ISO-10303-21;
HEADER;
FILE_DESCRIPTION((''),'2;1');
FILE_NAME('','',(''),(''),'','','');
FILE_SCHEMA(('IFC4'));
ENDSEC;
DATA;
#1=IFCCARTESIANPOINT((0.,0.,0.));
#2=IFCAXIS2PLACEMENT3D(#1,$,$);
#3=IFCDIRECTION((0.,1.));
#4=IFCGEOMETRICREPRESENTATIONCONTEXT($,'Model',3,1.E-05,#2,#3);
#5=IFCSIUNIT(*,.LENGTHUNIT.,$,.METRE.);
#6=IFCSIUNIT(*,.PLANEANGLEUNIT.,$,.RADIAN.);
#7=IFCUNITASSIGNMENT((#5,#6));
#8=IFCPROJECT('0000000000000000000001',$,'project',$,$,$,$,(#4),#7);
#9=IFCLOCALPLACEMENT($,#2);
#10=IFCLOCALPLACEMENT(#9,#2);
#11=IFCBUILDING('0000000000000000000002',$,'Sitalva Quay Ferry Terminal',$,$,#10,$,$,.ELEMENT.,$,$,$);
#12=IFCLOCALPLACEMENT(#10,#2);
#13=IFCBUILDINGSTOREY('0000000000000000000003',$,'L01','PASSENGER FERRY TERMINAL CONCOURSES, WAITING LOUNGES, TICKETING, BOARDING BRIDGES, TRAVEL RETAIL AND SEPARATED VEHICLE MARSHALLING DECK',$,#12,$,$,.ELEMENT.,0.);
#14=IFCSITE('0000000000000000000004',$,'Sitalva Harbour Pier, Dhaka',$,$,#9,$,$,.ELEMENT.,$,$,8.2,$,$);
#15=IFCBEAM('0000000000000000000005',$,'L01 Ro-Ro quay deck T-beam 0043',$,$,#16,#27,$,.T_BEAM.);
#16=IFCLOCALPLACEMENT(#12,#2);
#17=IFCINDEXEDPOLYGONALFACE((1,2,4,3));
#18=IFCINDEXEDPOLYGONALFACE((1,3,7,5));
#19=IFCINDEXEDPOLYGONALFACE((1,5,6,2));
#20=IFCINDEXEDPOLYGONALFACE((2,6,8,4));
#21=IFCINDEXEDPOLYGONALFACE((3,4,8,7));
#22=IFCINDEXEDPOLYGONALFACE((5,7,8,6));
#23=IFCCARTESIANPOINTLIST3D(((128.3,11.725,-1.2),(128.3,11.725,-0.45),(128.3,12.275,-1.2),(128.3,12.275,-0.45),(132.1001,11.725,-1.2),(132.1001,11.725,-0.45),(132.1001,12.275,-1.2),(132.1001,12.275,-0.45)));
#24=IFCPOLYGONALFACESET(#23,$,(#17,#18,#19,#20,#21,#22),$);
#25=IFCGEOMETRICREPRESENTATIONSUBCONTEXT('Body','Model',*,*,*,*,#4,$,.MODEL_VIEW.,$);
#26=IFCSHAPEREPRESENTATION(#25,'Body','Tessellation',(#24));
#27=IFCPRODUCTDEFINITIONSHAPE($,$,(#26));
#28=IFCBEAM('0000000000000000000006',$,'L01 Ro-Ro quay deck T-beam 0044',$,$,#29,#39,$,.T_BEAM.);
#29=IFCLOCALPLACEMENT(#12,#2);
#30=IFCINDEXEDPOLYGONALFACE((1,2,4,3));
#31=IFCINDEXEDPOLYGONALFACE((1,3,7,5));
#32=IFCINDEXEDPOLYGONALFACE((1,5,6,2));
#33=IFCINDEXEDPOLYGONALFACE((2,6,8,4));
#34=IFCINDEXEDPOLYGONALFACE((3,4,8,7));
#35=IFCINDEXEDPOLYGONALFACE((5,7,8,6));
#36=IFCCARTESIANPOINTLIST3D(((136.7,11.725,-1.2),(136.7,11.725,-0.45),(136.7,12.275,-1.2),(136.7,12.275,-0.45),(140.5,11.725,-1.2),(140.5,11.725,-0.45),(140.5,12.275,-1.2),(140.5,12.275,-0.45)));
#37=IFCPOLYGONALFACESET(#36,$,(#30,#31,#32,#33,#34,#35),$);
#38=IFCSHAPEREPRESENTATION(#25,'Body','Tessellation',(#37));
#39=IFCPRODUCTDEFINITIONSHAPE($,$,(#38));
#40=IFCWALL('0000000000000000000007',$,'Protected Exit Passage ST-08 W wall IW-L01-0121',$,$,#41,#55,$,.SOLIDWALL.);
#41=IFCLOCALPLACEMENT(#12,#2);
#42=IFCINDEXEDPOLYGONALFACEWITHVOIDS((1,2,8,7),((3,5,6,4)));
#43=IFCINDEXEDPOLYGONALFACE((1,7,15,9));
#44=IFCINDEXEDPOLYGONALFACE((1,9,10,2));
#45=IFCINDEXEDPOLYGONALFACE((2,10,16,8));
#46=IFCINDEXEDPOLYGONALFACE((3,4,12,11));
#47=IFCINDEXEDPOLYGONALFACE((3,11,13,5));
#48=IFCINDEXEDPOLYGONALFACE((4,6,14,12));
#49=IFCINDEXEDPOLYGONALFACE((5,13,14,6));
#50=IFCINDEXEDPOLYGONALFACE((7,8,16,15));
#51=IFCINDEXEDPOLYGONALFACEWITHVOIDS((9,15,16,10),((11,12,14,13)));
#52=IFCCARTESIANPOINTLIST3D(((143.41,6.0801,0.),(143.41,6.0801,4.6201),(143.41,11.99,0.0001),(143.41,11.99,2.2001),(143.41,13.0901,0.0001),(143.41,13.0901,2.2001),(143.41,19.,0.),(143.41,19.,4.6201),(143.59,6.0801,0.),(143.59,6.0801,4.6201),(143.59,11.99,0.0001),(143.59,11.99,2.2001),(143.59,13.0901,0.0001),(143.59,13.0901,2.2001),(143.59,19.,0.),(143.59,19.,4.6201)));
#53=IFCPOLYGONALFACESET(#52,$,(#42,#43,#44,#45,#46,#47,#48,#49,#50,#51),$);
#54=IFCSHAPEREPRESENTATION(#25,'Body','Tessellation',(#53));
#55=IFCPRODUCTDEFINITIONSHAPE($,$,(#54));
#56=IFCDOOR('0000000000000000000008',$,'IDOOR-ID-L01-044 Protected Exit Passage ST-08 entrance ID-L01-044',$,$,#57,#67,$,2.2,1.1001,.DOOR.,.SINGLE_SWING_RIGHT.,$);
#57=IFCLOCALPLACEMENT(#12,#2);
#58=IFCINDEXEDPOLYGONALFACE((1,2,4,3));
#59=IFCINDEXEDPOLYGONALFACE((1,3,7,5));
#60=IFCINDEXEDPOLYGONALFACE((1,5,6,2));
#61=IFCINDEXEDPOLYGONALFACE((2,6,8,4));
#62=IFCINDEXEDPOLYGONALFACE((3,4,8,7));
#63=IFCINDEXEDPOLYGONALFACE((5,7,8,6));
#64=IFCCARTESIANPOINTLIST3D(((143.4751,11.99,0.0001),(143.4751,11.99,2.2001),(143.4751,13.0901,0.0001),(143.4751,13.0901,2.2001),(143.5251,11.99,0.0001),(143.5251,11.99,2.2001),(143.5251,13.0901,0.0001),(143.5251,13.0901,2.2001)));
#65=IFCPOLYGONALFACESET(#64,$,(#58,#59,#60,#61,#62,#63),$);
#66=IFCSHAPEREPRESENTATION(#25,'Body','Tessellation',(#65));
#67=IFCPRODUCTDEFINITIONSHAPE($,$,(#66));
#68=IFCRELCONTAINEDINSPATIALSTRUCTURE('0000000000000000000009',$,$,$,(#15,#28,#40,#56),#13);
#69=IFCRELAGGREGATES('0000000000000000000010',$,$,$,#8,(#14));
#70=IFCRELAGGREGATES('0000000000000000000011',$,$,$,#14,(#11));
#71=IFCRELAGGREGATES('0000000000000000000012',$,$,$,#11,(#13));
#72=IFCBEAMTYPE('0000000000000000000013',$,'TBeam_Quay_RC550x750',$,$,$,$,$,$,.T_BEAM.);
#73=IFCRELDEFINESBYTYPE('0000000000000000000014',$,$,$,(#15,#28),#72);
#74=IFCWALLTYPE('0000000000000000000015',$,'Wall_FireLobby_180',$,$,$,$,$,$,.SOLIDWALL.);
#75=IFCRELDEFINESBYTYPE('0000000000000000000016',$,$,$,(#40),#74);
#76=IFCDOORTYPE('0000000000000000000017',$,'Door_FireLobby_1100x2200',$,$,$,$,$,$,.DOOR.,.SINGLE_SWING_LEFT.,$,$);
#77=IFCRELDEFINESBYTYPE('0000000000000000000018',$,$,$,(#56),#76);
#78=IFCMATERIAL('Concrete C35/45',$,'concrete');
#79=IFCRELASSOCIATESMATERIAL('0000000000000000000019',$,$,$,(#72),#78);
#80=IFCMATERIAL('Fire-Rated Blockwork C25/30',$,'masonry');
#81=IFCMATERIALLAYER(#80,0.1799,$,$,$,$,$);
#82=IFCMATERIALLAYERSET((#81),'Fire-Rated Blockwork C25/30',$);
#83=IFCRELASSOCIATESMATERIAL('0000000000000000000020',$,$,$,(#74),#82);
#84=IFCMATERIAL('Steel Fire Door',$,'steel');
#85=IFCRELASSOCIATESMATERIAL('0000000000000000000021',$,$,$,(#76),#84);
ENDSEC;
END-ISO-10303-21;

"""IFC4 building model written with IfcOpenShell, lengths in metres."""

from ifc_helpers import new_model, si_unit, direction, frame, frame_2d, origin, origin_2d, place, context, subcontext, project, spatial, rectangle, extrude, material, layer, layer_set, material_profile, profile_set, type_object, element, fill, save


model = new_model("IFC4")

# Units and contexts
model_context = context("Model", 3, precision=1e-05, world=origin(), true_north=direction((0.0, 1.0)))
body_context = subcontext(model_context, "Body", "Model", "MODEL_VIEW")
ifc_project = project(units=[si_unit("LENGTHUNIT", "METRE"), si_unit("PLANEANGLEUNIT", "RADIAN")], contexts=[model_context])

# Site, building, storey
site_placement = place(None, origin())
site = spatial("IfcSite", under=ifc_project, at=site_placement, Name="Sitalva Harbour Pier, Dhaka", CompositionType="ELEMENT", RefElevation=8.2)
building_placement = place(site_placement, origin())
building = spatial("IfcBuilding", under=site, at=building_placement, Name="Sitalva Quay Ferry Terminal", CompositionType="ELEMENT")
storey_placement = place(building_placement, origin())
storey = spatial("IfcBuildingStorey", under=building, at=storey_placement, Name="L01", Description="PASSENGER FERRY TERMINAL CONCOURSES, WAITING LOUNGES, TICKETING, BOARDING BRIDGES, TRAVEL RETAIL AND SEPARATED VEHICLE MARSHALLING DECK", CompositionType="ELEMENT", Elevation=0.0)

# Beams
ifc_material_1 = material(Name="Concrete C35/45", Category="concrete")
ifc_material_profile_1 = material_profile(ifc_material_1, rectangle(XDim=0.55, YDim=0.75, at=origin_2d()), Name="RC550x750")
ifc_profile_set_1 = profile_set([ifc_material_profile_1], Name="Concrete C35/45")
beam_type_1 = type_object("IfcBeamType", Name="TBeam_Quay_RC550x750", PredefinedType="T_BEAM", material=ifc_profile_set_1)
for number, where, z_axis, x_axis, name in (
    (1, (128.3, 12.0, -0.825), (1.0, 0.0, 0.0), (0.0, 1.0, 0.0), "L01 Ro-Ro quay deck T-beam 0043"),
    (2, (136.7, 12.0, -0.825), (1.0, 0.0, 0.0), (0.0, 1.0, 0.0), "L01 Ro-Ro quay deck T-beam 0044"),
):
    element("IfcBeam", number, at=place(storey_placement, frame(where, z_axis=z_axis, x_axis=x_axis)), inside=storey, type_object=beam_type_1, Name=name, PredefinedType="T_BEAM", context=body_context, shape_type="SweptSolid", body=[
        extrude(rectangle(XDim=0.55, YDim=0.75, at=origin_2d()), origin(), (0.0, 0.0, 1.0), 3.8),
    ])

# Wall, opening, door
ifc_material_2 = material(Name="Fire-Rated Blockwork C25/30", Category="masonry")
ifc_layer_1 = layer(ifc_material_2, 0.1799)
ifc_layer_set_1 = layer_set([ifc_layer_1], Name="Fire-Rated Blockwork C25/30")
wall_type = type_object("IfcWallType", Name="Wall_FireLobby_180", PredefinedType="SOLIDWALL", material=ifc_layer_set_1)
wall_placement = place(storey_placement, frame((143.5, 6.0801, 0.0), z_axis=(0.0, 0.0, 1.0), x_axis=(0.0, 1.0, 0.0)))
wall = element("IfcWall", 3, at=wall_placement, inside=storey, type_object=wall_type, Name="Protected Exit Passage ST-08 W wall IW-L01-0121", PredefinedType="SOLIDWALL", context=body_context, shape_type="SweptSolid", body=[
    extrude(rectangle(XDim=12.9199, YDim=0.1799, at=frame_2d((6.46, 0.0))), origin(), (0.0, 0.0, 1.0), 4.6201),
])
opening_placement = place(wall_placement, frame((5.9099, 0.0, 0.0)))
opening = element("IfcOpeningElement", 4, at=opening_placement, cuts=wall, PredefinedType="OPENING", context=body_context, shape_type="SweptSolid", body=[
    extrude(rectangle(XDim=1.1001, YDim=2.2, at=frame_2d((0.55, 1.1001))), frame((0.0, 0.0999, 0.0), z_axis=(0.0, -1.0, 0.0), x_axis=(1.0, 0.0, 0.0)), (0.0, 0.0, 1.0), 0.2),
])
ifc_material_3 = material(Name="Steel Fire Door", Category="steel")
door_type = type_object("IfcDoorType", Name="Door_FireLobby_1100x2200", OperationType="SINGLE_SWING_LEFT", PredefinedType="DOOR", material=ifc_material_3)
door_placement = place(opening_placement, origin())
door = element("IfcDoor", 5, at=door_placement, inside=storey, type_object=door_type, Name="IDOOR-ID-L01-044 Protected Exit Passage ST-08 entrance ID-L01-044", OperationType="SINGLE_SWING_RIGHT", OverallHeight=2.2, OverallWidth=1.1001, PredefinedType="DOOR", context=body_context, shape_type="SweptSolid", body=[
    extrude(rectangle(XDim=1.1001, YDim=2.2, at=frame_2d((0.55, 1.1001))), frame((0.0, 0.0249, 0.0), z_axis=(0.0, -1.0, 0.0), x_axis=(1.0, 0.0, 0.0)), (0.0, 0.0, 1.0), 0.05),
])
fill(opening, door)

save(model, "model.ifc")
